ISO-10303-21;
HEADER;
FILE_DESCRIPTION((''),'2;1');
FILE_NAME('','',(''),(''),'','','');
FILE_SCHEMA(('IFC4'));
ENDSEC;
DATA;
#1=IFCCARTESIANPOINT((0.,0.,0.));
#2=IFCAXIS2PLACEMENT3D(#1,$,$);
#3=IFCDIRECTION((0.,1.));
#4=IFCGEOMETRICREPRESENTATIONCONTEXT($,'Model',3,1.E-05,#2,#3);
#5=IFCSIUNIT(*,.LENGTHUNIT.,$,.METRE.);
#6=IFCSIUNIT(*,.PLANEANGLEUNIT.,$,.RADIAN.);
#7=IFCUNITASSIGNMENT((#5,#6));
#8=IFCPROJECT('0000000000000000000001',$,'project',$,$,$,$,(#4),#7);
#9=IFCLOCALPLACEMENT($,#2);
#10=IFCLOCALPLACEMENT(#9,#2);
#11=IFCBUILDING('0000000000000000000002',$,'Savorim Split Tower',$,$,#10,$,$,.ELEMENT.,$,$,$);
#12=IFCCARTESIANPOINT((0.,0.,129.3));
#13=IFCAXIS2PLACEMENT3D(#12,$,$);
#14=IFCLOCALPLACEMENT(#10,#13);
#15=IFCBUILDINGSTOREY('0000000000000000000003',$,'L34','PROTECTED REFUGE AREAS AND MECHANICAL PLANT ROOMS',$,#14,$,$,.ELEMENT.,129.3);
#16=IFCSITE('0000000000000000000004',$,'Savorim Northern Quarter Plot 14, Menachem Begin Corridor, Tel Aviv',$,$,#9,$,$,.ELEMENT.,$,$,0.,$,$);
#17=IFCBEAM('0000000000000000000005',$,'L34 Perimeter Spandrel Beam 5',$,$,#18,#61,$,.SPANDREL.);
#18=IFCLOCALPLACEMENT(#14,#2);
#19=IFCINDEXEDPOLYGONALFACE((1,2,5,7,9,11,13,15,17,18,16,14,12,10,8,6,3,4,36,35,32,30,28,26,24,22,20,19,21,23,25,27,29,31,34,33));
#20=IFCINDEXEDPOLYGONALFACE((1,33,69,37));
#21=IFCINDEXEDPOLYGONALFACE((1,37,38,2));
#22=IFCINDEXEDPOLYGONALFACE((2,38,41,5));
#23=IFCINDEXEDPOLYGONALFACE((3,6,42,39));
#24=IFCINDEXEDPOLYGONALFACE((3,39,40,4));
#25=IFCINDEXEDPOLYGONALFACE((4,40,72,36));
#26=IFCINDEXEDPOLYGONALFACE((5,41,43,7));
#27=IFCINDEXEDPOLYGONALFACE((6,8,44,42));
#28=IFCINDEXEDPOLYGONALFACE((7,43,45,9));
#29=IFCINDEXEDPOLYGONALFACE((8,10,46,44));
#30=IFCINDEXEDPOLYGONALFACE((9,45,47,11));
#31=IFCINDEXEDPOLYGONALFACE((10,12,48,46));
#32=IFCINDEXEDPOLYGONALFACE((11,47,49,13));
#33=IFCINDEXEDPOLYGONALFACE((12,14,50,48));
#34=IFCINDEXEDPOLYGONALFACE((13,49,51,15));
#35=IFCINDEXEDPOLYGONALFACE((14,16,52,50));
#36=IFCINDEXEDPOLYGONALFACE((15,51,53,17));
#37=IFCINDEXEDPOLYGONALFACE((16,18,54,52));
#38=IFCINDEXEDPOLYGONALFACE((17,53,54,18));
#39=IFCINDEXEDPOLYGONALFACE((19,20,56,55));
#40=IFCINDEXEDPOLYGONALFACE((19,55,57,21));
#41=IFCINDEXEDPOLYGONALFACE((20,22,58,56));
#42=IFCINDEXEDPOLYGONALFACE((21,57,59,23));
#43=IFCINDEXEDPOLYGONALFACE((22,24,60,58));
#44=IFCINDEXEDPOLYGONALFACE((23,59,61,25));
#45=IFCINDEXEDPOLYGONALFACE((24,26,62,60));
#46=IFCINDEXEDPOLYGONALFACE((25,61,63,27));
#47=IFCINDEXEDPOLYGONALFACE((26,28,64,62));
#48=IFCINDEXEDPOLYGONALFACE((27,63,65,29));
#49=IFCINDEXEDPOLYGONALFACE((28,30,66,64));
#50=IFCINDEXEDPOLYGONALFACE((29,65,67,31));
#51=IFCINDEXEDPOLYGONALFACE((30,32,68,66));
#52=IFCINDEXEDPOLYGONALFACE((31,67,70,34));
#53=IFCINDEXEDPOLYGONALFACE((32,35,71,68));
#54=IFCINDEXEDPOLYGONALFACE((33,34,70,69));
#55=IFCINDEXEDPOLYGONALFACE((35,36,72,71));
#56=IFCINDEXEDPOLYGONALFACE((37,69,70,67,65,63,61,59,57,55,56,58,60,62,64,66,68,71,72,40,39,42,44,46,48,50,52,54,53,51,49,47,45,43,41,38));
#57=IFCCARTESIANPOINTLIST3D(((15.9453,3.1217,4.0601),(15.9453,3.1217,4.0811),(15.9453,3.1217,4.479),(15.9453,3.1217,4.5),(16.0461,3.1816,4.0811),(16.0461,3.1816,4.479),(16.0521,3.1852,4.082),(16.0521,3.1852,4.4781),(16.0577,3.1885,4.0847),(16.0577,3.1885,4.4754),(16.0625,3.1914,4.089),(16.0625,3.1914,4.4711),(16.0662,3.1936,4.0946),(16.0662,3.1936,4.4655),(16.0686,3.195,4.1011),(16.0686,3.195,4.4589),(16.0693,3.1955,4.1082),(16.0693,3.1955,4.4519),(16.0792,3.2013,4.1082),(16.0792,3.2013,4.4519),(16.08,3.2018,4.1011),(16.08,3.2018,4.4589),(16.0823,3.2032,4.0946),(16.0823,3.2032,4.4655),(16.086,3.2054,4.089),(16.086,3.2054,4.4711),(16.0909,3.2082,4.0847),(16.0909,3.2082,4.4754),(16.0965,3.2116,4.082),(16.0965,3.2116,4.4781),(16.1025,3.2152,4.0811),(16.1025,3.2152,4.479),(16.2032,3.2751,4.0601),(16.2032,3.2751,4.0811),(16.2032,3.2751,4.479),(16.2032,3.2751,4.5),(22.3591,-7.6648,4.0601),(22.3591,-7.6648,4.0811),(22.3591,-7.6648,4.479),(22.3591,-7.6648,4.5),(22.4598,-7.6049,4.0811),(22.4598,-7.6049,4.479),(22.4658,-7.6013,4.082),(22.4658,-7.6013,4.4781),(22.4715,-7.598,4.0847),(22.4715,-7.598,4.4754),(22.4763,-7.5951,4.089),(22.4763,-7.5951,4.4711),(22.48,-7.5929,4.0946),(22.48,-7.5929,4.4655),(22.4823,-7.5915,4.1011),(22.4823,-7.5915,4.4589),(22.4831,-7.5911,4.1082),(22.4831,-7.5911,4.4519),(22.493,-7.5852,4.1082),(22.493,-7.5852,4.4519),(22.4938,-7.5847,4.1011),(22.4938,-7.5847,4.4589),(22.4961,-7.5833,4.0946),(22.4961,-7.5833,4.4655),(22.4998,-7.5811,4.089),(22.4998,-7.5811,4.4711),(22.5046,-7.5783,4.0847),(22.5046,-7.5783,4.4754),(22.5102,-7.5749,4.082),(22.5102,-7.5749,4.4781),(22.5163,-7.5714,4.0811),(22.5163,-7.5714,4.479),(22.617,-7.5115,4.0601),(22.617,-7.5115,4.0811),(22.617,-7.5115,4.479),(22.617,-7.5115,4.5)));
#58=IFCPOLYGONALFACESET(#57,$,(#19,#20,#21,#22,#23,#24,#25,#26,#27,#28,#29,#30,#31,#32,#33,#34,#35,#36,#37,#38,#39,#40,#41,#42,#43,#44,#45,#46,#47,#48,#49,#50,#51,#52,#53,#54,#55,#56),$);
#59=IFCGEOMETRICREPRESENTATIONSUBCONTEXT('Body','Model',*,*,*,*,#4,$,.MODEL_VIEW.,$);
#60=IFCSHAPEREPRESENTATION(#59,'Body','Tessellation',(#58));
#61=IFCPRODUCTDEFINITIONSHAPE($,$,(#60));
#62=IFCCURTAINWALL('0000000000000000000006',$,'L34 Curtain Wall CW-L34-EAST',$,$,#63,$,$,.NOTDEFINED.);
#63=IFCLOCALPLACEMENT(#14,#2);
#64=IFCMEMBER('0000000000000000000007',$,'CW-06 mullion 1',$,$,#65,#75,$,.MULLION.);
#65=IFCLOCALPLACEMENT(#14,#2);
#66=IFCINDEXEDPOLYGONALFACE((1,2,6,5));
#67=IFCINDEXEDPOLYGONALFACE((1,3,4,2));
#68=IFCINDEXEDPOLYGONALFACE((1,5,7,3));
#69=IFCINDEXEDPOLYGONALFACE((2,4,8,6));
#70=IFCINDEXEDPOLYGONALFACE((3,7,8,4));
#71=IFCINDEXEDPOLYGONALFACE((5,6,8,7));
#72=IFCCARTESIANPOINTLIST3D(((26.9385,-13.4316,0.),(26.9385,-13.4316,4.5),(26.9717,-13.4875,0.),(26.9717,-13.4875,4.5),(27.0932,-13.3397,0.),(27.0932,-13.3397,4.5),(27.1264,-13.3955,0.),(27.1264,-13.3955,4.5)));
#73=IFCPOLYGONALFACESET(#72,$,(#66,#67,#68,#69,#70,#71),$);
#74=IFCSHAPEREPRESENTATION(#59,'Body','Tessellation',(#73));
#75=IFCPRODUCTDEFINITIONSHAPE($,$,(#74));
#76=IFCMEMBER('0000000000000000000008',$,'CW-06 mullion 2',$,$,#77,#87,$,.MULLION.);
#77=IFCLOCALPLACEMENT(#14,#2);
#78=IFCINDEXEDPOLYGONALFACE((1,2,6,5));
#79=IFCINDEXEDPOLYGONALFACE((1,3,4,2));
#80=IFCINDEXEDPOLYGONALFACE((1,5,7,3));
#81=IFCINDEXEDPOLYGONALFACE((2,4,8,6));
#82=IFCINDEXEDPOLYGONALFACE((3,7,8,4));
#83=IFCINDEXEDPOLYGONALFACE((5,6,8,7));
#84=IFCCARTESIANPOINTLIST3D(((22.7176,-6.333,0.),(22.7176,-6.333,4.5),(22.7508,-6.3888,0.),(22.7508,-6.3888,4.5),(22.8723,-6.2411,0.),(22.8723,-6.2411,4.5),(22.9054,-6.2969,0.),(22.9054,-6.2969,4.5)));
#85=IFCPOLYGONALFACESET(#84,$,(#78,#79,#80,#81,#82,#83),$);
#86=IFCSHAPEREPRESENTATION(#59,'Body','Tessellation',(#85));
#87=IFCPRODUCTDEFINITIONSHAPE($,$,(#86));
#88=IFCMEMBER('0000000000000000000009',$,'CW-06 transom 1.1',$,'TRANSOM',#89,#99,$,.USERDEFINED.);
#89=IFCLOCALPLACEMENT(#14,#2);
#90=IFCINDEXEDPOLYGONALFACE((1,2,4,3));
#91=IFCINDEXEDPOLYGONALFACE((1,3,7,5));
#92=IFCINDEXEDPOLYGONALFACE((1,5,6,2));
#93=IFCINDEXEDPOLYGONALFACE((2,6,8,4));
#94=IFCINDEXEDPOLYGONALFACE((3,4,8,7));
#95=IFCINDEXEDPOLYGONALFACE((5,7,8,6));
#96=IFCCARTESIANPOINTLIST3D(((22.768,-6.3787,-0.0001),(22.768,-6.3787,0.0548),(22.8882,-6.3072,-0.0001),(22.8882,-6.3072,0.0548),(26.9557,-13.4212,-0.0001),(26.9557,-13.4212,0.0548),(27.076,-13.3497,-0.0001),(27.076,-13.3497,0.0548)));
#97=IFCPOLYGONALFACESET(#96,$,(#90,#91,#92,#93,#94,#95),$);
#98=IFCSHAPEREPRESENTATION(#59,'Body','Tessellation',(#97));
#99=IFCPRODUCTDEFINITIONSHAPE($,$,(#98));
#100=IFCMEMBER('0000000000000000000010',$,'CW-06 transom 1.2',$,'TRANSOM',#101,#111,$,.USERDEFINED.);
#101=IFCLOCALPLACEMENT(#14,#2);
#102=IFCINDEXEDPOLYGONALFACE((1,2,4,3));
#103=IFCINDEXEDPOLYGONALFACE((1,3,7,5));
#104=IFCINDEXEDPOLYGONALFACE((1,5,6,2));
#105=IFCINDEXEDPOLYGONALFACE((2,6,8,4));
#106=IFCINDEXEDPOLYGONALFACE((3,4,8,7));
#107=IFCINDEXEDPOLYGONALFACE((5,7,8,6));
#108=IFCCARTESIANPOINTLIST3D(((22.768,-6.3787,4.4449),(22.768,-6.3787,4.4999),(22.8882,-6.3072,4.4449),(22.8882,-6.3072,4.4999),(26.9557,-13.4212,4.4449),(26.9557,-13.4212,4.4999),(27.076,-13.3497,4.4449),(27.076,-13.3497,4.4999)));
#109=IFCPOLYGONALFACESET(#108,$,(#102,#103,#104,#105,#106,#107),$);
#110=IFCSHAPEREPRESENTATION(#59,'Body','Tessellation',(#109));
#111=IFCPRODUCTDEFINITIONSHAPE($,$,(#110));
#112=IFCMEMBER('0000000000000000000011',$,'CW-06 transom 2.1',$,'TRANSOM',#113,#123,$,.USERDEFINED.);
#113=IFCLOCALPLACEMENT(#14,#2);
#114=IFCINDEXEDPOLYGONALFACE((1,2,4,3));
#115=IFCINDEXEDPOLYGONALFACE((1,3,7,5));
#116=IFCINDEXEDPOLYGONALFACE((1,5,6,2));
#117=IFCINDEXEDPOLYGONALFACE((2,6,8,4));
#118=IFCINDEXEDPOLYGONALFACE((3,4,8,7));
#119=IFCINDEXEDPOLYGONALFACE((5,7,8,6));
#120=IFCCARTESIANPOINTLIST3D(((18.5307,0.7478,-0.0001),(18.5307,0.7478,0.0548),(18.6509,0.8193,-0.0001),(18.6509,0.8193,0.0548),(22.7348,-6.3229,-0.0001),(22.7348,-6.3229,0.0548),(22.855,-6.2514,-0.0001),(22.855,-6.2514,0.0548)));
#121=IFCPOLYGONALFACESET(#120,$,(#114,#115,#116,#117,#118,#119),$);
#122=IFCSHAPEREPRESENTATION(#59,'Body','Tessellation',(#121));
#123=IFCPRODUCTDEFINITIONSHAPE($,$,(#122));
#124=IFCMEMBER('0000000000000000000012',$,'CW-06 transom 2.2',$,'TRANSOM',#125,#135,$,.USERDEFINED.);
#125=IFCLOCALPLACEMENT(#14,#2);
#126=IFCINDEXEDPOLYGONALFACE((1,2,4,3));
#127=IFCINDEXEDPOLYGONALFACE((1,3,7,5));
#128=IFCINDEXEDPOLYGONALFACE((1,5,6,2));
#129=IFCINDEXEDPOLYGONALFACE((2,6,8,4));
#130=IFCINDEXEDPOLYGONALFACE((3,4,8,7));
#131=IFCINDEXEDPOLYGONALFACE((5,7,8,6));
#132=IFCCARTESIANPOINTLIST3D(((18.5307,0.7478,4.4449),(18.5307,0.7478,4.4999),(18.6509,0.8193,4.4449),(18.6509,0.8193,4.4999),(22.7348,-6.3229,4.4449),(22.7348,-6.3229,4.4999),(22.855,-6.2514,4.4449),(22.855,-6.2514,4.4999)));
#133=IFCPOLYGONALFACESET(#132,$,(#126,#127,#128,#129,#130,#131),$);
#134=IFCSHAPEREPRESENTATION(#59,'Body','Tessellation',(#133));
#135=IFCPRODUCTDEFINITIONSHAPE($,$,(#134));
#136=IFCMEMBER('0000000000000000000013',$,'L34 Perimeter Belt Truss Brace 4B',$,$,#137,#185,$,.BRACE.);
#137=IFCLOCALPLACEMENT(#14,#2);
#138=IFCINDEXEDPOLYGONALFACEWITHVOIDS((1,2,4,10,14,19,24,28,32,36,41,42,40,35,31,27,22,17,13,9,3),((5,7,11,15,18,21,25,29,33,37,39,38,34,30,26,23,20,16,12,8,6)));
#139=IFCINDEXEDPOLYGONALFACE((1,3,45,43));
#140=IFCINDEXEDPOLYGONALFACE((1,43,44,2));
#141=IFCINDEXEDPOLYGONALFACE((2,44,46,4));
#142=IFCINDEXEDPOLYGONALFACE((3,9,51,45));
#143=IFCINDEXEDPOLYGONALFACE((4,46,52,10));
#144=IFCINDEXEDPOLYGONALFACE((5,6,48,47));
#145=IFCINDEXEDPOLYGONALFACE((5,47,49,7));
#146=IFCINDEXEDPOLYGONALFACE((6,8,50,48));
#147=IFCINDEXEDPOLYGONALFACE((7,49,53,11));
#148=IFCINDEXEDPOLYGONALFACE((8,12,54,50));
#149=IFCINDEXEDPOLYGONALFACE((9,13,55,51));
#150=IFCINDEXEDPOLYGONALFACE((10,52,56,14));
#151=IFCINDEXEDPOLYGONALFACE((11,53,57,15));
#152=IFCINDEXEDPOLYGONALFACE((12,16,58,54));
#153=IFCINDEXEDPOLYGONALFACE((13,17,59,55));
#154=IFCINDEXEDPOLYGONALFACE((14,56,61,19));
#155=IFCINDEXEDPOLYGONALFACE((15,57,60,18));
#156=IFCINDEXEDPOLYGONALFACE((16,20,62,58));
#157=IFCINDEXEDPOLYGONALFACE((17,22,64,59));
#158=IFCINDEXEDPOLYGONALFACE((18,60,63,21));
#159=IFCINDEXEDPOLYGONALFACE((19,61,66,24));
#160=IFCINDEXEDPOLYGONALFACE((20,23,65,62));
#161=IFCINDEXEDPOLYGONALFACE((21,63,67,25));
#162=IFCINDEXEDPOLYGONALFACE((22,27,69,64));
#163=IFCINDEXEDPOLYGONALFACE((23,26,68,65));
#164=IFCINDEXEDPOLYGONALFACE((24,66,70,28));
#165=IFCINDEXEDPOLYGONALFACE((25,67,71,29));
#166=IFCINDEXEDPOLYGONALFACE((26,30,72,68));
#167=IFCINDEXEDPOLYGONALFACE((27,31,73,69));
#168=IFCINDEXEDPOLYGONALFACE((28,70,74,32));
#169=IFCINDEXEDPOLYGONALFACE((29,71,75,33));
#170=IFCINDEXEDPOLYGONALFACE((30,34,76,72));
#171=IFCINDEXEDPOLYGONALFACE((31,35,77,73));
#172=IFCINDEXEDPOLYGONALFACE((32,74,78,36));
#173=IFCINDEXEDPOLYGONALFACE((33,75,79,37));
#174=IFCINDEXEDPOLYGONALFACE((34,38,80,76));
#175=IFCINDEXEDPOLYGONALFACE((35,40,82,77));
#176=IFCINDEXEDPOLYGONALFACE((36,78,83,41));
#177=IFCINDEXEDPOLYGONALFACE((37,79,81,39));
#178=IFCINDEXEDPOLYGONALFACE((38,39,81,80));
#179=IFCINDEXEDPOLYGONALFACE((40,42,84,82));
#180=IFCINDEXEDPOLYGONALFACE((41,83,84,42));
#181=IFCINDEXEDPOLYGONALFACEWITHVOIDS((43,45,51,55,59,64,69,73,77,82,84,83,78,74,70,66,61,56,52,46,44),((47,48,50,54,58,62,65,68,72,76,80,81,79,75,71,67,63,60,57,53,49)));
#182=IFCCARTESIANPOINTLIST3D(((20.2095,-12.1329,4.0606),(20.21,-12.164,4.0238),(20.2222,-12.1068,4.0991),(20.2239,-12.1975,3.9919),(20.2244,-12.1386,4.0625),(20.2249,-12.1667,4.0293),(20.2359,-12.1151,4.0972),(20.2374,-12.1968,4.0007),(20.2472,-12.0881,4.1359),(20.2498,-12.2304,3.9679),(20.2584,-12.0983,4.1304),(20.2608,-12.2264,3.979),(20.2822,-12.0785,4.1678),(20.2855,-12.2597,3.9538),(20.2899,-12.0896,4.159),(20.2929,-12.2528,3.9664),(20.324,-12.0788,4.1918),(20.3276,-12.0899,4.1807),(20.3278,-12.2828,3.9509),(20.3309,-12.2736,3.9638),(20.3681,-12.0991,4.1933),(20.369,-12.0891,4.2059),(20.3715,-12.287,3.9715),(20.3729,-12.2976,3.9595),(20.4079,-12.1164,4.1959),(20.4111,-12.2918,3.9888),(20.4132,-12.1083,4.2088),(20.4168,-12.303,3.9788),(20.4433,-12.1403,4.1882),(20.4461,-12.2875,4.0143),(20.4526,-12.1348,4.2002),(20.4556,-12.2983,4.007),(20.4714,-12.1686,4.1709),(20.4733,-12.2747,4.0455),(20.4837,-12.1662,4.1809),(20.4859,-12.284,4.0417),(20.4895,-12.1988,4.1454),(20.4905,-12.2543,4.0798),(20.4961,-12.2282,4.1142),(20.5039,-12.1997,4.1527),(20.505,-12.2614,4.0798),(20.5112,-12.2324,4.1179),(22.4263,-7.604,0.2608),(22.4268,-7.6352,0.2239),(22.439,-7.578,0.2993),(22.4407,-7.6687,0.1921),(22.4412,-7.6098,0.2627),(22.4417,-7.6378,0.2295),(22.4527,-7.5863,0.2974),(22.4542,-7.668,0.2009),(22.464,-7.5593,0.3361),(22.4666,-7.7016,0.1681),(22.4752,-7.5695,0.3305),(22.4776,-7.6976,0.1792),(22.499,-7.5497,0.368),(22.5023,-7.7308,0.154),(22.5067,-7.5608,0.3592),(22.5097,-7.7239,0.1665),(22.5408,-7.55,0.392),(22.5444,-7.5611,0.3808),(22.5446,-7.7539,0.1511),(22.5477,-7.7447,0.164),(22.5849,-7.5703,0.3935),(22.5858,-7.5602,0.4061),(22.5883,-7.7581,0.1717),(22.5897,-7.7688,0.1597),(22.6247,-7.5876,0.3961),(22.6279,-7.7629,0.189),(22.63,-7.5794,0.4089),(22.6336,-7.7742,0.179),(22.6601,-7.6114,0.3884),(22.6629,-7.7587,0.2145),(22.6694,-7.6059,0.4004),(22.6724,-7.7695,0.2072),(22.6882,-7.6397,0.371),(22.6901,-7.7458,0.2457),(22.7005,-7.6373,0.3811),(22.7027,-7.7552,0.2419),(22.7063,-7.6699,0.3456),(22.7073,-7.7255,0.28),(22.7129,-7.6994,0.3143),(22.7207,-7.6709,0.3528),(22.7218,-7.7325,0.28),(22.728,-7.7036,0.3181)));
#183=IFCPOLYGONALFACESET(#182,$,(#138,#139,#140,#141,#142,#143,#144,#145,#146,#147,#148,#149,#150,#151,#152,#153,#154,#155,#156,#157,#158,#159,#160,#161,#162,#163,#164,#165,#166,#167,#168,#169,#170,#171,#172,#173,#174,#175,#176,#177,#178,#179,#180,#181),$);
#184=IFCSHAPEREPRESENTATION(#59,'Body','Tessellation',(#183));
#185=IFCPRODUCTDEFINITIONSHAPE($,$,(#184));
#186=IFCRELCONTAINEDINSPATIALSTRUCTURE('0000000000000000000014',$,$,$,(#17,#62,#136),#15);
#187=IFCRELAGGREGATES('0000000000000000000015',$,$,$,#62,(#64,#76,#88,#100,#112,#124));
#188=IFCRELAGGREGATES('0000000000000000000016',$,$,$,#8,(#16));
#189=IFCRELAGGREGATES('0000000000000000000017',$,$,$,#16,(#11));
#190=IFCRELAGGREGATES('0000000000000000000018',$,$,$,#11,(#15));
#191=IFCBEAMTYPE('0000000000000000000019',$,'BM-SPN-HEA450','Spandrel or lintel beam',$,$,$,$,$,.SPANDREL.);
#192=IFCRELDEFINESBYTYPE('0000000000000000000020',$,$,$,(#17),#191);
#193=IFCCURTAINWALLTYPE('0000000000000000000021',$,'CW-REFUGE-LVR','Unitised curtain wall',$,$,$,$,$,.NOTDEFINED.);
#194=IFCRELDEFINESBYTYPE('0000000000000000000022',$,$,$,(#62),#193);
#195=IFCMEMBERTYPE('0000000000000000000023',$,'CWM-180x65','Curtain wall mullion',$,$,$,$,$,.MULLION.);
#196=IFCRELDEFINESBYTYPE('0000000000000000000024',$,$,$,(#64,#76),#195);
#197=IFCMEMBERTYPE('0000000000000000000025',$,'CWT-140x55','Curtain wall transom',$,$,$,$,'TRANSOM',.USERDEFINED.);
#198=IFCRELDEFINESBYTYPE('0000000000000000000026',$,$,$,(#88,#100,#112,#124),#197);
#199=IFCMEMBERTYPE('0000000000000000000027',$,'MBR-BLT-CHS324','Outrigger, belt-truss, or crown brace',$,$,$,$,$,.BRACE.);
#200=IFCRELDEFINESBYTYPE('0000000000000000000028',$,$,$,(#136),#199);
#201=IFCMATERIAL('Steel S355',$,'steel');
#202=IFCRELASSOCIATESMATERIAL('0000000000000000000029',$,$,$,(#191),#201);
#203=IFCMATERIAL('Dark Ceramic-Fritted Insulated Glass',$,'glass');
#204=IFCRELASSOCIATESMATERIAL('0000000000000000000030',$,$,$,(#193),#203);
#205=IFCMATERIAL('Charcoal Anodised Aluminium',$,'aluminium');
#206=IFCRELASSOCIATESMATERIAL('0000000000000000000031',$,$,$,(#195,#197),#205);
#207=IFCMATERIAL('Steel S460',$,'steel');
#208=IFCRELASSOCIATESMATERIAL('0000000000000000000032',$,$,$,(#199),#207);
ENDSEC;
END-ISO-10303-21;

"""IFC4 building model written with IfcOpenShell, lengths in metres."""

from ifc_helpers import new_model, si_unit, direction, frame, origin, origin_2d, place, context, subcontext, project, spatial, rectangle, hollow_circle, i_section, extrude, material, material_profile, profile_set, type_object, element, aggregate, save


model = new_model("IFC4")

# Units and contexts
model_context = context("Model", 3, precision=1e-05, world=origin(), true_north=direction((0.0, 1.0)))
body_context = subcontext(model_context, "Body", "Model", "MODEL_VIEW")
ifc_project = project(units=[si_unit("LENGTHUNIT", "METRE"), si_unit("PLANEANGLEUNIT", "RADIAN")], contexts=[model_context])

# Site, building, storey
site_placement = place(None, origin())
site = spatial("IfcSite", under=ifc_project, at=site_placement, Name="Savorim Northern Quarter Plot 14, Menachem Begin Corridor, Tel Aviv", CompositionType="ELEMENT", RefElevation=0.0)
building_placement = place(site_placement, origin())
building = spatial("IfcBuilding", under=site, at=building_placement, Name="Savorim Split Tower", CompositionType="ELEMENT")
storey_placement = place(building_placement, frame((0.0, 0.0, 129.3)))
storey = spatial("IfcBuildingStorey", under=building, at=storey_placement, Name="L34", Description="PROTECTED REFUGE AREAS AND MECHANICAL PLANT ROOMS", CompositionType="ELEMENT", Elevation=129.3)

# Shared definitions
ifc_material_1 = material(Name="Steel S460", Category="steel")

# Beam
ifc_material_2 = material(Name="Steel S355", Category="steel")
ifc_material_profile_1 = material_profile(ifc_material_2, i_section(OverallWidth=0.3, OverallDepth=0.4399, WebThickness=0.0115, FlangeThickness=0.021, FilletRadius=0.0271, at=origin_2d()), Name="HEA 450")
ifc_profile_set_1 = profile_set([ifc_material_profile_1], Name="Steel S355")
beam_type_1 = type_object("IfcBeamType", Name="BM-SPN-HEA450", Description="Spandrel or lintel beam", PredefinedType="SPANDREL", material=ifc_profile_set_1)
beam_1_placement = place(storey_placement, frame((22.488, -7.5881, 4.28), z_axis=(-0.511084, 0.859531, 0.0), x_axis=(-0.859531, -0.511084, 0.0)))
element("IfcBeam", 1, at=beam_1_placement, inside=storey, type_object=beam_type_1, Name="L34 Perimeter Spandrel Beam 5", PredefinedType="SPANDREL", context=body_context, shape_type="SweptSolid", body=[
    extrude(i_section(OverallWidth=0.3, OverallDepth=0.4399, WebThickness=0.0115, FlangeThickness=0.021, FilletRadius=0.0271, at=origin_2d()), origin(), (0.0, 0.0, 1.0), 12.5493),
])

# Curtain wall, members
ifc_material_3 = material(Name="Dark Ceramic-Fritted Insulated Glass", Category="glass")
curtain_wall_type = type_object("IfcCurtainWallType", Name="CW-REFUGE-LVR", Description="Unitised curtain wall", PredefinedType="NOTDEFINED", material=ifc_material_3)
curtain_wall_placement = place(storey_placement, origin())
curtain_wall = element("IfcCurtainWall", 2, at=curtain_wall_placement, inside=storey, type_object=curtain_wall_type, Name="L34 Curtain Wall CW-L34-EAST", PredefinedType="NOTDEFINED")
ifc_material_4 = material(Name="Charcoal Anodised Aluminium", Category="aluminium")
ifc_material_profile_2 = material_profile(ifc_material_4, rectangle(XDim=0.1799, YDim=0.0649, at=origin_2d()), Name="ALU-M 180x65")
ifc_profile_set_2 = profile_set([ifc_material_profile_2], Name="Charcoal Anodised Aluminium")
member_type_1 = type_object("IfcMemberType", Name="CWM-180x65", Description="Curtain wall mullion", PredefinedType="MULLION", material=ifc_profile_set_2)
member_1_placement = place(storey_placement, frame((27.0325, -13.4136, 0.0), z_axis=(0.0, 0.0, 1.0), x_axis=(-0.859527, -0.511091, 0.0)))
member_1 = element("IfcMember", 3, at=member_1_placement, type_object=member_type_1, Name="CW-06 mullion 1", PredefinedType="MULLION", context=body_context, shape_type="SweptSolid", body=[
    extrude(rectangle(XDim=0.1799, YDim=0.0649, at=origin_2d()), origin(), (0.0, 0.0, 1.0), 4.5),
])
member_2_placement = place(storey_placement, frame((22.8115, -6.3149, 0.0), z_axis=(0.0, 0.0, 1.0), x_axis=(-0.859527, -0.511091, 0.0)))
member_2 = element("IfcMember", 4, at=member_2_placement, type_object=member_type_1, Name="CW-06 mullion 2", PredefinedType="MULLION", context=body_context, shape_type="SweptSolid", body=[
    extrude(rectangle(XDim=0.1799, YDim=0.0649, at=origin_2d()), origin(), (0.0, 0.0, 1.0), 4.5),
])
ifc_material_profile_3 = material_profile(ifc_material_4, rectangle(XDim=0.1399, YDim=0.0549, at=origin_2d()), Name="ALU-T 140x55")
ifc_profile_set_3 = profile_set([ifc_material_profile_3], Name="Charcoal Anodised Aluminium")
member_type_2 = type_object("IfcMemberType", Name="CWT-140x55", Description="Curtain wall transom", ElementType="TRANSOM", PredefinedType="USERDEFINED", material=ifc_profile_set_3)
member_3_placement = place(storey_placement, frame((27.0159, -13.3855, 0.0273), z_axis=(-0.511105, 0.859519, 0.0), x_axis=(-0.859519, -0.511105, 0.0)))
member_3 = element("IfcMember", 5, at=member_3_placement, type_object=member_type_2, Name="CW-06 transom 1.1", ObjectType="TRANSOM", PredefinedType="USERDEFINED", context=body_context, shape_type="SweptSolid", body=[
    extrude(rectangle(XDim=0.1399, YDim=0.0549, at=origin_2d()), origin(), (0.0, 0.0, 1.0), 8.1936),
])
member_4_placement = place(storey_placement, frame((27.0159, -13.3855, 4.4724), z_axis=(-0.511105, 0.859519, 0.0), x_axis=(-0.859519, -0.511105, 0.0)))
member_4 = element("IfcMember", 6, at=member_4_placement, type_object=member_type_2, Name="CW-06 transom 1.2", ObjectType="TRANSOM", PredefinedType="USERDEFINED", context=body_context, shape_type="SweptSolid", body=[
    extrude(rectangle(XDim=0.1399, YDim=0.0549, at=origin_2d()), origin(), (0.0, 0.0, 1.0), 8.1936),
])
member_5_placement = place(storey_placement, frame((22.7949, -6.2871, 0.0273), z_axis=(-0.511074, 0.859537, 0.0), x_axis=(-0.859537, -0.511074, 0.0)))
member_5 = element("IfcMember", 7, at=member_5_placement, type_object=member_type_2, Name="CW-06 transom 2.1", ObjectType="TRANSOM", PredefinedType="USERDEFINED", context=body_context, shape_type="SweptSolid", body=[
    extrude(rectangle(XDim=0.1399, YDim=0.0549, at=origin_2d()), origin(), (0.0, 0.0, 1.0), 8.2261),
])
member_6_placement = place(storey_placement, frame((22.7949, -6.2871, 4.4724), z_axis=(-0.511074, 0.859537, 0.0), x_axis=(-0.859537, -0.511074, 0.0)))
member_6 = element("IfcMember", 8, at=member_6_placement, type_object=member_type_2, Name="CW-06 transom 2.2", ObjectType="TRANSOM", PredefinedType="USERDEFINED", context=body_context, shape_type="SweptSolid", body=[
    extrude(rectangle(XDim=0.1399, YDim=0.0549, at=origin_2d()), origin(), (0.0, 0.0, 1.0), 8.2261),
])

# Member
ifc_material_profile_4 = material_profile(ifc_material_1, hollow_circle(Radius=0.1619, WallThickness=0.0161, at=origin_2d()), Name="CHS 323.9x16")
ifc_profile_set_4 = profile_set([ifc_material_profile_4], Name="Steel S460")
member_type_3 = type_object("IfcMemberType", Name="MBR-BLT-CHS324", Description="Outrigger, belt-truss, or crown brace", PredefinedType="BRACE", material=ifc_profile_set_4)
member_7_placement = place(storey_placement, frame((22.5764, -7.6614, 0.28), z_axis=(-0.351109, -0.717299, 0.601835), x_axis=(0.898172, -0.439644, 0.0)))
element("IfcMember", 9, at=member_7_placement, inside=storey, type_object=member_type_3, Name="L34 Perimeter Belt Truss Brace 4B", PredefinedType="BRACE", context=body_context, shape_type="SweptSolid", body=[
    extrude(hollow_circle(Radius=0.1619, WallThickness=0.0161, at=origin_2d()), origin(), (0.0, 0.0, 1.0), 6.3137),
])

aggregate(curtain_wall, [member_1, member_2, member_3, member_4, member_5, member_6])

save(model, "model.ifc")
